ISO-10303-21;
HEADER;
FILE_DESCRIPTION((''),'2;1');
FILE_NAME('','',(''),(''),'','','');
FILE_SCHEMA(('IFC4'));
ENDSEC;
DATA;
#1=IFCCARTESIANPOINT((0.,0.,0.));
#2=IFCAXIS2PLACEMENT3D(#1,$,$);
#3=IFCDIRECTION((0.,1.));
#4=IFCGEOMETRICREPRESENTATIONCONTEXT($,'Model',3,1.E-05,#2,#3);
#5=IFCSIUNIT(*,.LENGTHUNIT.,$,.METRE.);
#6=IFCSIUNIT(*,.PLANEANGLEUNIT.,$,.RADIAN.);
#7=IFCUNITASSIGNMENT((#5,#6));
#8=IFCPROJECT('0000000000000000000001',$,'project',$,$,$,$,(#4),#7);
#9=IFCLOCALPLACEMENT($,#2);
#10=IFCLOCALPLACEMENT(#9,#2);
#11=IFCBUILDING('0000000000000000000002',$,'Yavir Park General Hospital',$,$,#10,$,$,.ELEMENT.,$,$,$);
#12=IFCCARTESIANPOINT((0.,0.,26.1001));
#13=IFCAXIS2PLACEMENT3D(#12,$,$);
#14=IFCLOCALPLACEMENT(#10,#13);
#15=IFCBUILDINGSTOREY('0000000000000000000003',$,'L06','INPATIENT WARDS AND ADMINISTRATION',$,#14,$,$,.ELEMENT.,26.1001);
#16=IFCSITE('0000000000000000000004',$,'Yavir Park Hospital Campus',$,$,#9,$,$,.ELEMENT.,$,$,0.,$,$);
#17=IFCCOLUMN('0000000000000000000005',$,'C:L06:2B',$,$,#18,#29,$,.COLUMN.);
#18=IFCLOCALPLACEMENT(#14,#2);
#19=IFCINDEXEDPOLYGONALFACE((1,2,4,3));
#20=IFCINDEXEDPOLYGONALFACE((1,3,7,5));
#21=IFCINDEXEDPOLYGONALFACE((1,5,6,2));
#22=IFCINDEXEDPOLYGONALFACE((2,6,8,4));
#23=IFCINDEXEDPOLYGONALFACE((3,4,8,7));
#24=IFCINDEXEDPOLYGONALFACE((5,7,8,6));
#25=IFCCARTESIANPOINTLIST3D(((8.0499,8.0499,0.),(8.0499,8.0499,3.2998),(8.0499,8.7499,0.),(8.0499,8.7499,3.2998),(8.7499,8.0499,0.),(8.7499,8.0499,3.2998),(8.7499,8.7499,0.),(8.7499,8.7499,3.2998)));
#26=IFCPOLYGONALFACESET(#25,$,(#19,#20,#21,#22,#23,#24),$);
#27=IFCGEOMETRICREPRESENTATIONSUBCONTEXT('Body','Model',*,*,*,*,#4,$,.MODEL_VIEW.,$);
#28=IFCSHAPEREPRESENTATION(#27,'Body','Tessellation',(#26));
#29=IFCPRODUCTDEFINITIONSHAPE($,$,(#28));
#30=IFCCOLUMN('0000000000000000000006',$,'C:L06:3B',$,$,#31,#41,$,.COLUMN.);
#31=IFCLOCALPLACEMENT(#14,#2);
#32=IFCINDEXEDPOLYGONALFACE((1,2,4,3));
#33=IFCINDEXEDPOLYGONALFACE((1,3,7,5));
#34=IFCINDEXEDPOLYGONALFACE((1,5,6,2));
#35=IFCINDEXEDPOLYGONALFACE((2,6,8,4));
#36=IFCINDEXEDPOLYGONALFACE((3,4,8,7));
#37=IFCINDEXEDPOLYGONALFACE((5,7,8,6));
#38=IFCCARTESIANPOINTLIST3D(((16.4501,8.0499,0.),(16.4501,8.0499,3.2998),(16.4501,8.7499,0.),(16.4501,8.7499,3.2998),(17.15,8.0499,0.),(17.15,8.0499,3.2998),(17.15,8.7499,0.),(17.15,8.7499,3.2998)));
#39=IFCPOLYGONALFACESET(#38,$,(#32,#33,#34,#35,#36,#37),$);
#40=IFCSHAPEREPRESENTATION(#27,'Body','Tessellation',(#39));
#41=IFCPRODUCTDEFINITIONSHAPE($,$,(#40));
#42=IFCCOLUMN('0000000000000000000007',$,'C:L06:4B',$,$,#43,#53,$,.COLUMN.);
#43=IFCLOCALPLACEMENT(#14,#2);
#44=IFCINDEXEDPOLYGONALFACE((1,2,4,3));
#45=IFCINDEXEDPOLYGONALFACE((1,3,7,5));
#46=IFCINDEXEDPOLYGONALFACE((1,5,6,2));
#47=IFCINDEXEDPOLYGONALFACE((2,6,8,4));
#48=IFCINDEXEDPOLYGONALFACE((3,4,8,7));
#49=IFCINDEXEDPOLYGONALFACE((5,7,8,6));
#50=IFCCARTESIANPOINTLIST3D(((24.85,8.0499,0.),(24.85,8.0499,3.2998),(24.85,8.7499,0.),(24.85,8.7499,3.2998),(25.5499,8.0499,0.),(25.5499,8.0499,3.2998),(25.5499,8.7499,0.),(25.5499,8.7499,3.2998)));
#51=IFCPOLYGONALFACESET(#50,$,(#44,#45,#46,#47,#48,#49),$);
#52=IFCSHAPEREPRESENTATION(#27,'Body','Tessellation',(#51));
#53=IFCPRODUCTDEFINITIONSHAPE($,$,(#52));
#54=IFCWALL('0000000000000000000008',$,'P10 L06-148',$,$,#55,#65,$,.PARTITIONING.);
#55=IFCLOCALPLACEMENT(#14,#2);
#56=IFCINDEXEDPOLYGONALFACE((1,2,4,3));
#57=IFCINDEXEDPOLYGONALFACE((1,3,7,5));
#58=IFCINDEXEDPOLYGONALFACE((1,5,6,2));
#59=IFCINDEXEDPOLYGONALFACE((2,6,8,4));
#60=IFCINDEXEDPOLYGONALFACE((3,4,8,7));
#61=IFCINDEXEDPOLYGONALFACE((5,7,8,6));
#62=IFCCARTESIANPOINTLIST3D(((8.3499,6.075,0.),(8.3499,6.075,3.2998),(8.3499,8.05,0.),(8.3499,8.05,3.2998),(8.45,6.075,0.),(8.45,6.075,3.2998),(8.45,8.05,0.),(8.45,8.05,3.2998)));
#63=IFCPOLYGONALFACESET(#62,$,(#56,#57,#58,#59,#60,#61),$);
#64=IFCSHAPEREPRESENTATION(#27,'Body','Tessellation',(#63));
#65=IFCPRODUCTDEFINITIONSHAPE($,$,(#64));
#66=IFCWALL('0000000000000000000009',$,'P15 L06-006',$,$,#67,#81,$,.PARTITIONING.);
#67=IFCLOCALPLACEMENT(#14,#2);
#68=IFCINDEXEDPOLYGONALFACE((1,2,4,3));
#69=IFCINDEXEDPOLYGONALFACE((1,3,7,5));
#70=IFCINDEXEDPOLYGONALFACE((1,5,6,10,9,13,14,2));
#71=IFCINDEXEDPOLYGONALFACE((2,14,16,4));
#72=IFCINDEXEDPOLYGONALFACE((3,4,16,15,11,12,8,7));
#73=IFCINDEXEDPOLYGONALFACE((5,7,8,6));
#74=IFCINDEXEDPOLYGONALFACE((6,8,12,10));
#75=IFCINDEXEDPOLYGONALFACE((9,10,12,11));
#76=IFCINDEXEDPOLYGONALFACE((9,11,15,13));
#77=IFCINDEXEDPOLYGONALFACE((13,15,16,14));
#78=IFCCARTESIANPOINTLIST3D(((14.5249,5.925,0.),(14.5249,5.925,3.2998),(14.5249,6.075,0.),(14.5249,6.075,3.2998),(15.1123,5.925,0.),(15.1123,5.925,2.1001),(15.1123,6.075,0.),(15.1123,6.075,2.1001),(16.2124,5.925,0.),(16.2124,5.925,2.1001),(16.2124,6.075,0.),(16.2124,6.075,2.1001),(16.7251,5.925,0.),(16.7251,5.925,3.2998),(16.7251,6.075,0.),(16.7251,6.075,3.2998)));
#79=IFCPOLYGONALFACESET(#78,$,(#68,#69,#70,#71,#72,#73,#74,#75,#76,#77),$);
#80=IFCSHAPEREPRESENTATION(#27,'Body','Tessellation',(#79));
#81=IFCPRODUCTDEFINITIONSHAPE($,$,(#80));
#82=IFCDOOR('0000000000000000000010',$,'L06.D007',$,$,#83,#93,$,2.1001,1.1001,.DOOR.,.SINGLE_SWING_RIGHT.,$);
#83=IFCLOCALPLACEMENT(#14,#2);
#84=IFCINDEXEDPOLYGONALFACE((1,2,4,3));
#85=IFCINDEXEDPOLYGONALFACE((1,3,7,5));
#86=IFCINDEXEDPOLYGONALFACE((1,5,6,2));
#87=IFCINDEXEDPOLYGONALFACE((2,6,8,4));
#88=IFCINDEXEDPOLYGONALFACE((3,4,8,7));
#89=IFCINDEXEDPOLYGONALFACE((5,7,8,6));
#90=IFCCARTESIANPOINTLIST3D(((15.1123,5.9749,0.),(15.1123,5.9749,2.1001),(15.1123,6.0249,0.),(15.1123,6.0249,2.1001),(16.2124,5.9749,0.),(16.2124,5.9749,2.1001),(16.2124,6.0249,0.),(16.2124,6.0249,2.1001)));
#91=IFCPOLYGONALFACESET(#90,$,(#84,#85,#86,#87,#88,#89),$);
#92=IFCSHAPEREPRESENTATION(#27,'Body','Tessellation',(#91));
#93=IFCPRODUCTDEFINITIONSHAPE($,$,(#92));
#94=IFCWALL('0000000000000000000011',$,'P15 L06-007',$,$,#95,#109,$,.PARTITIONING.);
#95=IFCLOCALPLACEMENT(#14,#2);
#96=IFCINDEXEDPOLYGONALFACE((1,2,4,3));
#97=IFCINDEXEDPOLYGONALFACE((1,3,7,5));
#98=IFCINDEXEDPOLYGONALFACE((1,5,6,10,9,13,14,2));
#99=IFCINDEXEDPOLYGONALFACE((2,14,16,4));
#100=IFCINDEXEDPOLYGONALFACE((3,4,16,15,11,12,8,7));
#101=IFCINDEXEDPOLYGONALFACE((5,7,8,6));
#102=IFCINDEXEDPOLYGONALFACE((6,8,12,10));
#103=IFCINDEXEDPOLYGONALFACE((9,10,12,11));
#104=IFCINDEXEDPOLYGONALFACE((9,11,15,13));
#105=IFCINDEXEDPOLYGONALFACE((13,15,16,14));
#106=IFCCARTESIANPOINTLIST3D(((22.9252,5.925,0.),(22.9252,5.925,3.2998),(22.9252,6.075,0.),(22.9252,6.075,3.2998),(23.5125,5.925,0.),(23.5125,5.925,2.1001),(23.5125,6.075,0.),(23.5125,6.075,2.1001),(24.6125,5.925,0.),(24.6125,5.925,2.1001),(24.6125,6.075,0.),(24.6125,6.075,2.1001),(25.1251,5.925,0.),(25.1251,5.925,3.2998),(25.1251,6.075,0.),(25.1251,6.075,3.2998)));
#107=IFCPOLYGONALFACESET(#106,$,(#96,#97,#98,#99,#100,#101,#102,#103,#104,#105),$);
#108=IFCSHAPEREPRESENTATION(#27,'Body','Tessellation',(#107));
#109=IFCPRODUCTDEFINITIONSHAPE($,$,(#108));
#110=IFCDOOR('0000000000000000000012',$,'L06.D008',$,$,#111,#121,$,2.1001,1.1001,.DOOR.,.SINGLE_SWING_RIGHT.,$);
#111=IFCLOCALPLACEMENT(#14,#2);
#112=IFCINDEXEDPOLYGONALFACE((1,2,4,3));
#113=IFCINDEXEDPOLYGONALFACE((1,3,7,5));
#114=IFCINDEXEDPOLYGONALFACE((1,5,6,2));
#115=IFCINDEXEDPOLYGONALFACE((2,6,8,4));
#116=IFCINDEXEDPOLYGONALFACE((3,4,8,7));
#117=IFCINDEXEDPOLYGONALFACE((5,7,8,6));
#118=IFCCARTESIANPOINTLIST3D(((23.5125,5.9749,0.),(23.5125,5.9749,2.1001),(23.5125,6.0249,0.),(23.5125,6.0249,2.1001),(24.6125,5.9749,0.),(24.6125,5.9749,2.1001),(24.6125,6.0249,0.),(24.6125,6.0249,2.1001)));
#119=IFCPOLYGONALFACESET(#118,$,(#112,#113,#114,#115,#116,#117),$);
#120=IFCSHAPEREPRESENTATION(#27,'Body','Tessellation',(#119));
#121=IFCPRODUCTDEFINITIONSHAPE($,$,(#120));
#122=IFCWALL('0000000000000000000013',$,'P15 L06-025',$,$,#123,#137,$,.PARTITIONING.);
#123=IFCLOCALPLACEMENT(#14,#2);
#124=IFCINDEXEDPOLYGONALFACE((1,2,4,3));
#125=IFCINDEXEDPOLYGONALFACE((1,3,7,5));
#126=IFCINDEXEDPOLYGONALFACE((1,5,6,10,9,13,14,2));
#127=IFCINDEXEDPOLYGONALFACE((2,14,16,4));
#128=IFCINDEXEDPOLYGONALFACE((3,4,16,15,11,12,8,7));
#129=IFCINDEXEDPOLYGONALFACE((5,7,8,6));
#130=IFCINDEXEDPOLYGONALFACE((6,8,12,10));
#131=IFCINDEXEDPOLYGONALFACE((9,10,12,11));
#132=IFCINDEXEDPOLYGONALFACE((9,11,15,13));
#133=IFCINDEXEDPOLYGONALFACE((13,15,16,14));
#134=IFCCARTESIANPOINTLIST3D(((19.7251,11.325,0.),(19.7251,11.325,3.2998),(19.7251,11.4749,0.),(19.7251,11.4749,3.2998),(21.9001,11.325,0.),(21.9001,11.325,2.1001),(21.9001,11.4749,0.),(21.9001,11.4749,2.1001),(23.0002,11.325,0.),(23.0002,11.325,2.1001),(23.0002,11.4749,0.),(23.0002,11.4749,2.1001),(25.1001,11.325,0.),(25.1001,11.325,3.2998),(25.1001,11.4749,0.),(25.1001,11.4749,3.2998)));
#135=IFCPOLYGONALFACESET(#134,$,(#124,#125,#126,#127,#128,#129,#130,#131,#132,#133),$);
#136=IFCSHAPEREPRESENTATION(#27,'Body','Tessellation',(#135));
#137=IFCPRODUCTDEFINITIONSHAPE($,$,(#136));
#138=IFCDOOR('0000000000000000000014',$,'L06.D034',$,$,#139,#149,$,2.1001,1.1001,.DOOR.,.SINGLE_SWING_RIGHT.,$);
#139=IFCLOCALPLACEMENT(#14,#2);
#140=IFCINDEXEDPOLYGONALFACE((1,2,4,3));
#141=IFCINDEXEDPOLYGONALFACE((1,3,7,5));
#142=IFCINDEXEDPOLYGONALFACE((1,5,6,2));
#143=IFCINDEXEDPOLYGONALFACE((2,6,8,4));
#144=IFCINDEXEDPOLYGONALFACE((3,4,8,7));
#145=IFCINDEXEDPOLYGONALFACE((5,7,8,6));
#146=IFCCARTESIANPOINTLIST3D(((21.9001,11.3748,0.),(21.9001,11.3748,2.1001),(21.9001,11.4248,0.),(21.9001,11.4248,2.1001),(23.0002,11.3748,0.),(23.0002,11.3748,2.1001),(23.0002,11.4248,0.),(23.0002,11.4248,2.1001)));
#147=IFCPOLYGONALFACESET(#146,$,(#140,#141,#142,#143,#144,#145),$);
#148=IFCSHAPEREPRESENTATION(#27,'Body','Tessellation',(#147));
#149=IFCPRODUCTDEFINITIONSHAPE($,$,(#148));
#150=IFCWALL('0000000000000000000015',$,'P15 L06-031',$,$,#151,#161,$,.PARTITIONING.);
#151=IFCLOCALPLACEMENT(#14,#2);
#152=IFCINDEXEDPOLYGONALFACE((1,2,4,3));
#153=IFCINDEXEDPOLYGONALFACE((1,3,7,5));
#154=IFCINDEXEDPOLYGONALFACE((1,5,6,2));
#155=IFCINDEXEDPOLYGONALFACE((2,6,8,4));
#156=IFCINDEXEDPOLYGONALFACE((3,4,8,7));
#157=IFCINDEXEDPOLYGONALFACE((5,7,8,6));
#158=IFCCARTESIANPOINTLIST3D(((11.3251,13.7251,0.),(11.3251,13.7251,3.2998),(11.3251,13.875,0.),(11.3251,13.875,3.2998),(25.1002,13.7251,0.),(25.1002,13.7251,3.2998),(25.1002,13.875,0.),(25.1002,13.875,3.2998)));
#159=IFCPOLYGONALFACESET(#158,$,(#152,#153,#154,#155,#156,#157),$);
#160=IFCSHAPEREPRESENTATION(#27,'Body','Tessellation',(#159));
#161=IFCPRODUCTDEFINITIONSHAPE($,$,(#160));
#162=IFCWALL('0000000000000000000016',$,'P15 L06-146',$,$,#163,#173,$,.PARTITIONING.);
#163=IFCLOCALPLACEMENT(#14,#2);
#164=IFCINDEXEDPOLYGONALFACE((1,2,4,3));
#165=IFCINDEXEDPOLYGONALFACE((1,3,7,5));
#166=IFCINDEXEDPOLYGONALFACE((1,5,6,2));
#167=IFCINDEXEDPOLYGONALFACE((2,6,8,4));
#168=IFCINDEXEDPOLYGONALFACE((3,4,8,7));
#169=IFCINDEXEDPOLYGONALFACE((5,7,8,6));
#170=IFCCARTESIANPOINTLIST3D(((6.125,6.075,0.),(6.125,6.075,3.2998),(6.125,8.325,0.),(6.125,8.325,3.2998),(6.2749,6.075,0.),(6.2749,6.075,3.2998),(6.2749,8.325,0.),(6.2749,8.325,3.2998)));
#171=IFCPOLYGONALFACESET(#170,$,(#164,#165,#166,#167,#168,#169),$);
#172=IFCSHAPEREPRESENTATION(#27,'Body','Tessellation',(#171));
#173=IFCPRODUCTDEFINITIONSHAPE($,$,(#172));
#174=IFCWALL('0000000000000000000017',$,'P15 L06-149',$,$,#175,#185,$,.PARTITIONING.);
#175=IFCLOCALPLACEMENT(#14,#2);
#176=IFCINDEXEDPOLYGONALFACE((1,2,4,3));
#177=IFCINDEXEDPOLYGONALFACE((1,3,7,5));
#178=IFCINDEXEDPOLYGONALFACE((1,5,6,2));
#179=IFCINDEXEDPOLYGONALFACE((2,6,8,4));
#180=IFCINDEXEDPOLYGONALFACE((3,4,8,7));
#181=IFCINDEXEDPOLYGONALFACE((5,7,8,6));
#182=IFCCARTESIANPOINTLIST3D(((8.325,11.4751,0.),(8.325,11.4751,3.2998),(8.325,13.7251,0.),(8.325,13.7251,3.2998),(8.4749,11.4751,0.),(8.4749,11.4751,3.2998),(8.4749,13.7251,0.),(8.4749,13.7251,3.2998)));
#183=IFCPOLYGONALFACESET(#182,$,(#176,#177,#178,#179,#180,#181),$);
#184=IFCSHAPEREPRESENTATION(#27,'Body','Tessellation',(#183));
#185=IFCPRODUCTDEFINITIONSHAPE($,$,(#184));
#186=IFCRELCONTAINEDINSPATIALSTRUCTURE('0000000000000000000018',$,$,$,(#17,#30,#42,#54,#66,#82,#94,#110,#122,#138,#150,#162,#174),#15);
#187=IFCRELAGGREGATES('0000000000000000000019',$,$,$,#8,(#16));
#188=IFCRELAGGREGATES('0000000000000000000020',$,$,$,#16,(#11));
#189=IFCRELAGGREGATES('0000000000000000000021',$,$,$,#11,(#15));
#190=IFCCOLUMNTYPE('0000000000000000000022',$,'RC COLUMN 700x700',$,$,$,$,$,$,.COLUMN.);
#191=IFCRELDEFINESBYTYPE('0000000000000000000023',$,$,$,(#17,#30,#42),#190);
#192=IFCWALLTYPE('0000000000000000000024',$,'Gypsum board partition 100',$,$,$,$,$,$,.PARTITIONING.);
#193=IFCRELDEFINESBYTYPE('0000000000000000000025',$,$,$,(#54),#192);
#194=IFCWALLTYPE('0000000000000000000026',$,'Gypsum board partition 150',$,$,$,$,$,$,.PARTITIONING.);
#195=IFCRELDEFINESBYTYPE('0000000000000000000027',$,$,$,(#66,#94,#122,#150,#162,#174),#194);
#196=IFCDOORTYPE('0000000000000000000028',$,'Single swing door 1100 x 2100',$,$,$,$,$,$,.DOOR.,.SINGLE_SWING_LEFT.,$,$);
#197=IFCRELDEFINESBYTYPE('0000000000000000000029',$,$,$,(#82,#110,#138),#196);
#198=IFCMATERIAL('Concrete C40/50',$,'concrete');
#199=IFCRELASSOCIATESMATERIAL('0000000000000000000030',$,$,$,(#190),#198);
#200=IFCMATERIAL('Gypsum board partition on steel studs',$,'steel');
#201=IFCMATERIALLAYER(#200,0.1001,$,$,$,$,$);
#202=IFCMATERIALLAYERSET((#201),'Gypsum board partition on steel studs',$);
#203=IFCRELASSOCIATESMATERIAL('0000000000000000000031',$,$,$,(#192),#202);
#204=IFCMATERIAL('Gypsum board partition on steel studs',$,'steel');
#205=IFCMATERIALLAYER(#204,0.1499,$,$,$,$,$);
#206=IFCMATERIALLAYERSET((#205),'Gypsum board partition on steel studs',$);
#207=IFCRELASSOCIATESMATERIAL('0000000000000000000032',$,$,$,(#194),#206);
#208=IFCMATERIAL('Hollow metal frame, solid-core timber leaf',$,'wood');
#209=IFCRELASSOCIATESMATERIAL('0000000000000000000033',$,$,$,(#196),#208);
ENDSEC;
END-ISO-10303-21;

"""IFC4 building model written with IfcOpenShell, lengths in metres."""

from ifc_helpers import new_model, si_unit, direction, frame, frame_2d, origin, origin_2d, place, context, subcontext, project, spatial, rectangle, extrude, material, layer, layer_set, material_profile, profile_set, type_object, element, fill, save


model = new_model("IFC4")

# Units and contexts
model_context = context("Model", 3, precision=1e-05, world=origin(), true_north=direction((0.0, 1.0)))
body_context = subcontext(model_context, "Body", "Model", "MODEL_VIEW")
ifc_project = project(units=[si_unit("LENGTHUNIT", "METRE"), si_unit("PLANEANGLEUNIT", "RADIAN")], contexts=[model_context])

# Site, building, storey
site_placement = place(None, origin())
site = spatial("IfcSite", under=ifc_project, at=site_placement, Name="Yavir Park Hospital Campus", CompositionType="ELEMENT", RefElevation=0.0)
building_placement = place(site_placement, origin())
building = spatial("IfcBuilding", under=site, at=building_placement, Name="Yavir Park General Hospital", CompositionType="ELEMENT")
storey_placement = place(building_placement, frame((0.0, 0.0, 26.1001)))
storey = spatial("IfcBuildingStorey", under=building, at=storey_placement, Name="L06", Description="INPATIENT WARDS AND ADMINISTRATION", CompositionType="ELEMENT", Elevation=26.1001)

# Columns
ifc_material_1 = material(Name="Concrete C40/50", Category="concrete")
ifc_material_profile = material_profile(ifc_material_1, rectangle(XDim=0.7, YDim=0.7, at=origin_2d()), Name="RC700x700")
ifc_profile_set = profile_set([ifc_material_profile], Name="Concrete C40/50")
column_type = type_object("IfcColumnType", Name="RC COLUMN 700x700", PredefinedType="COLUMN", material=ifc_profile_set)
for number, where, z_axis, x_axis, name in (
    (1, (8.3999, 8.3999, 0.0), (0.0, 0.0, 1.0), (1.0, 0.0, 0.0), "C:L06:2B"),
    (2, (16.8, 8.3999, 0.0), (0.0, 0.0, 1.0), (1.0, 0.0, 0.0), "C:L06:3B"),
    (3, (25.2, 8.3999, 0.0), (0.0, 0.0, 1.0), (1.0, 0.0, 0.0), "C:L06:4B"),
):
    element("IfcColumn", number, at=place(storey_placement, frame(where, z_axis=z_axis, x_axis=x_axis)), inside=storey, type_object=column_type, Name=name, PredefinedType="COLUMN", context=body_context, shape_type="SweptSolid", body=[
        extrude(rectangle(XDim=0.7, YDim=0.7, at=origin_2d()), origin(), (0.0, 0.0, 1.0), 3.2998),
    ])

# Wall
ifc_material_2 = material(Name="Gypsum board partition on steel studs", Category="steel")
ifc_layer_1 = layer(ifc_material_2, 0.1001)
ifc_layer_set_1 = layer_set([ifc_layer_1], Name="Gypsum board partition on steel studs")
wall_type_1 = type_object("IfcWallType", Name="Gypsum board partition 100", PredefinedType="PARTITIONING", material=ifc_layer_set_1)
wall_1_placement = place(storey_placement, frame((8.3999, 6.075, 0.0), z_axis=(0.0, 0.0, 1.0), x_axis=(0.0, 1.0, 0.0)))
element("IfcWall", 4, at=wall_1_placement, inside=storey, type_object=wall_type_1, Name="P10 L06-148", PredefinedType="PARTITIONING", context=body_context, shape_type="SweptSolid", body=[
    extrude(rectangle(XDim=1.9751, YDim=0.1001, at=frame_2d((0.9875, 0.0))), origin(), (0.0, 0.0, 1.0), 3.2998),
])

# Walls, openings, doors
ifc_material_3 = material(Name="Gypsum board partition on steel studs", Category="steel")
ifc_layer_2 = layer(ifc_material_3, 0.1499)
ifc_layer_set_2 = layer_set([ifc_layer_2], Name="Gypsum board partition on steel studs")
wall_type_2 = type_object("IfcWallType", Name="Gypsum board partition 150", PredefinedType="PARTITIONING", material=ifc_layer_set_2)
wall_2_placement = place(storey_placement, frame((14.5249, 6.0, 0.0), z_axis=(0.0, 0.0, 1.0), x_axis=(1.0, 0.0, 0.0)))
wall_2 = element("IfcWall", 5, at=wall_2_placement, inside=storey, type_object=wall_type_2, Name="P15 L06-006", PredefinedType="PARTITIONING", context=body_context, shape_type="SweptSolid", body=[
    extrude(rectangle(XDim=2.2002, YDim=0.1499, at=frame_2d((1.1001, 0.0))), origin(), (0.0, 0.0, 1.0), 3.2998),
])
opening_1_placement = place(wall_2_placement, frame((0.5874, 0.0, 0.0)))
opening_1 = element("IfcOpeningElement", 6, at=opening_1_placement, cuts=wall_2, PredefinedType="OPENING", context=body_context, shape_type="SweptSolid", body=[
    extrude(rectangle(XDim=1.1001, YDim=2.1001, at=frame_2d((0.55, 1.05))), frame((0.0, 0.085, 0.0), z_axis=(0.0, -1.0, 0.0), x_axis=(1.0, 0.0, 0.0)), (0.0, 0.0, 1.0), 0.1699),
])
ifc_material_4 = material(Name="Hollow metal frame, solid-core timber leaf", Category="wood")
door_type_1 = type_object("IfcDoorType", Name="Single swing door 1100 x 2100", OperationType="SINGLE_SWING_LEFT", PredefinedType="DOOR", material=ifc_material_4)
door_1_placement = place(opening_1_placement, origin())
door_1 = element("IfcDoor", 7, at=door_1_placement, inside=storey, type_object=door_type_1, Name="L06.D007", OperationType="SINGLE_SWING_RIGHT", OverallHeight=2.1001, OverallWidth=1.1001, PredefinedType="DOOR", context=body_context, shape_type="SweptSolid", body=[
    extrude(rectangle(XDim=1.1001, YDim=2.1001, at=frame_2d((0.55, 1.05))), frame((0.0, 0.0249, 0.0), z_axis=(0.0, -1.0, 0.0), x_axis=(1.0, 0.0, 0.0)), (0.0, 0.0, 1.0), 0.05),
])
fill(opening_1, door_1)
wall_3_placement = place(storey_placement, frame((22.925, 6.0, 0.0), z_axis=(0.0, 0.0, 1.0), x_axis=(1.0, 0.0, 0.0)))
wall_3 = element("IfcWall", 8, at=wall_3_placement, inside=storey, type_object=wall_type_2, Name="P15 L06-007", PredefinedType="PARTITIONING", context=body_context, shape_type="SweptSolid", body=[
    extrude(rectangle(XDim=2.2, YDim=0.1499, at=frame_2d((1.1001, 0.0))), origin(), (0.0, 0.0, 1.0), 3.2998),
])
opening_2_placement = place(wall_3_placement, frame((0.5874, 0.0, 0.0)))
opening_2 = element("IfcOpeningElement", 9, at=opening_2_placement, cuts=wall_3, PredefinedType="OPENING", context=body_context, shape_type="SweptSolid", body=[
    extrude(rectangle(XDim=1.1001, YDim=2.1001, at=frame_2d((0.55, 1.05))), frame((0.0, 0.085, 0.0), z_axis=(0.0, -1.0, 0.0), x_axis=(1.0, 0.0, 0.0)), (0.0, 0.0, 1.0), 0.1699),
])
door_2_placement = place(opening_2_placement, origin())
door_2 = element("IfcDoor", 10, at=door_2_placement, inside=storey, type_object=door_type_1, Name="L06.D008", OperationType="SINGLE_SWING_RIGHT", OverallHeight=2.1001, OverallWidth=1.1001, PredefinedType="DOOR", context=body_context, shape_type="SweptSolid", body=[
    extrude(rectangle(XDim=1.1001, YDim=2.1001, at=frame_2d((0.55, 1.05))), frame((0.0, 0.0249, 0.0), z_axis=(0.0, -1.0, 0.0), x_axis=(1.0, 0.0, 0.0)), (0.0, 0.0, 1.0), 0.05),
])
fill(opening_2, door_2)

# Wall, opening, door
wall_4_placement = place(storey_placement, frame((19.7251, 11.3999, 0.0), z_axis=(0.0, 0.0, 1.0), x_axis=(1.0, 0.0, 0.0)))
wall_4 = element("IfcWall", 11, at=wall_4_placement, inside=storey, type_object=wall_type_2, Name="P15 L06-025", PredefinedType="PARTITIONING", context=body_context, shape_type="SweptSolid", body=[
    extrude(rectangle(XDim=5.375, YDim=0.1499, at=frame_2d((2.6875, 0.0))), origin(), (0.0, 0.0, 1.0), 3.2998),
])
opening_3_placement = place(wall_4_placement, frame((2.175, 0.0, 0.0)))
opening_3 = element("IfcOpeningElement", 12, at=opening_3_placement, cuts=wall_4, PredefinedType="OPENING", context=body_context, shape_type="SweptSolid", body=[
    extrude(rectangle(XDim=1.1001, YDim=2.1001, at=frame_2d((0.55, 1.05))), frame((0.0, 0.085, 0.0), z_axis=(0.0, -1.0, 0.0), x_axis=(1.0, 0.0, 0.0)), (0.0, 0.0, 1.0), 0.1699),
])
door_3_placement = place(opening_3_placement, origin())
door_3 = element("IfcDoor", 13, at=door_3_placement, inside=storey, type_object=door_type_1, Name="L06.D034", OperationType="SINGLE_SWING_RIGHT", OverallHeight=2.1001, OverallWidth=1.1001, PredefinedType="DOOR", context=body_context, shape_type="SweptSolid", body=[
    extrude(rectangle(XDim=1.1001, YDim=2.1001, at=frame_2d((0.55, 1.05))), frame((0.0, 0.0249, 0.0), z_axis=(0.0, -1.0, 0.0), x_axis=(1.0, 0.0, 0.0)), (0.0, 0.0, 1.0), 0.05),
])
fill(opening_3, door_3)

# Walls
wall_5_placement = place(storey_placement, frame((11.325, 13.8, 0.0), z_axis=(0.0, 0.0, 1.0), x_axis=(1.0, 0.0, 0.0)))
element("IfcWall", 14, at=wall_5_placement, inside=storey, type_object=wall_type_2, Name="P15 L06-031", PredefinedType="PARTITIONING", context=body_context, shape_type="SweptSolid", body=[
    extrude(rectangle(XDim=13.7751, YDim=0.1499, at=frame_2d((6.8877, 0.0))), origin(), (0.0, 0.0, 1.0), 3.2998),
])
for number, where, z_axis, x_axis, name in (
    (15, (6.2, 6.075, 0.0), (0.0, 0.0, 1.0), (0.0, 1.0, 0.0), "P15 L06-146"),
    (16, (8.3999, 11.4751, 0.0), (0.0, 0.0, 1.0), (0.0, 1.0, 0.0), "P15 L06-149"),
):
    element("IfcWall", number, at=place(storey_placement, frame(where, z_axis=z_axis, x_axis=x_axis)), inside=storey, type_object=wall_type_2, Name=name, PredefinedType="PARTITIONING", context=body_context, shape_type="SweptSolid", body=[
        extrude(rectangle(XDim=2.25, YDim=0.1499, at=frame_2d((1.125, 0.0))), origin(), (0.0, 0.0, 1.0), 3.2998),
    ])

save(model, "model.ifc")
